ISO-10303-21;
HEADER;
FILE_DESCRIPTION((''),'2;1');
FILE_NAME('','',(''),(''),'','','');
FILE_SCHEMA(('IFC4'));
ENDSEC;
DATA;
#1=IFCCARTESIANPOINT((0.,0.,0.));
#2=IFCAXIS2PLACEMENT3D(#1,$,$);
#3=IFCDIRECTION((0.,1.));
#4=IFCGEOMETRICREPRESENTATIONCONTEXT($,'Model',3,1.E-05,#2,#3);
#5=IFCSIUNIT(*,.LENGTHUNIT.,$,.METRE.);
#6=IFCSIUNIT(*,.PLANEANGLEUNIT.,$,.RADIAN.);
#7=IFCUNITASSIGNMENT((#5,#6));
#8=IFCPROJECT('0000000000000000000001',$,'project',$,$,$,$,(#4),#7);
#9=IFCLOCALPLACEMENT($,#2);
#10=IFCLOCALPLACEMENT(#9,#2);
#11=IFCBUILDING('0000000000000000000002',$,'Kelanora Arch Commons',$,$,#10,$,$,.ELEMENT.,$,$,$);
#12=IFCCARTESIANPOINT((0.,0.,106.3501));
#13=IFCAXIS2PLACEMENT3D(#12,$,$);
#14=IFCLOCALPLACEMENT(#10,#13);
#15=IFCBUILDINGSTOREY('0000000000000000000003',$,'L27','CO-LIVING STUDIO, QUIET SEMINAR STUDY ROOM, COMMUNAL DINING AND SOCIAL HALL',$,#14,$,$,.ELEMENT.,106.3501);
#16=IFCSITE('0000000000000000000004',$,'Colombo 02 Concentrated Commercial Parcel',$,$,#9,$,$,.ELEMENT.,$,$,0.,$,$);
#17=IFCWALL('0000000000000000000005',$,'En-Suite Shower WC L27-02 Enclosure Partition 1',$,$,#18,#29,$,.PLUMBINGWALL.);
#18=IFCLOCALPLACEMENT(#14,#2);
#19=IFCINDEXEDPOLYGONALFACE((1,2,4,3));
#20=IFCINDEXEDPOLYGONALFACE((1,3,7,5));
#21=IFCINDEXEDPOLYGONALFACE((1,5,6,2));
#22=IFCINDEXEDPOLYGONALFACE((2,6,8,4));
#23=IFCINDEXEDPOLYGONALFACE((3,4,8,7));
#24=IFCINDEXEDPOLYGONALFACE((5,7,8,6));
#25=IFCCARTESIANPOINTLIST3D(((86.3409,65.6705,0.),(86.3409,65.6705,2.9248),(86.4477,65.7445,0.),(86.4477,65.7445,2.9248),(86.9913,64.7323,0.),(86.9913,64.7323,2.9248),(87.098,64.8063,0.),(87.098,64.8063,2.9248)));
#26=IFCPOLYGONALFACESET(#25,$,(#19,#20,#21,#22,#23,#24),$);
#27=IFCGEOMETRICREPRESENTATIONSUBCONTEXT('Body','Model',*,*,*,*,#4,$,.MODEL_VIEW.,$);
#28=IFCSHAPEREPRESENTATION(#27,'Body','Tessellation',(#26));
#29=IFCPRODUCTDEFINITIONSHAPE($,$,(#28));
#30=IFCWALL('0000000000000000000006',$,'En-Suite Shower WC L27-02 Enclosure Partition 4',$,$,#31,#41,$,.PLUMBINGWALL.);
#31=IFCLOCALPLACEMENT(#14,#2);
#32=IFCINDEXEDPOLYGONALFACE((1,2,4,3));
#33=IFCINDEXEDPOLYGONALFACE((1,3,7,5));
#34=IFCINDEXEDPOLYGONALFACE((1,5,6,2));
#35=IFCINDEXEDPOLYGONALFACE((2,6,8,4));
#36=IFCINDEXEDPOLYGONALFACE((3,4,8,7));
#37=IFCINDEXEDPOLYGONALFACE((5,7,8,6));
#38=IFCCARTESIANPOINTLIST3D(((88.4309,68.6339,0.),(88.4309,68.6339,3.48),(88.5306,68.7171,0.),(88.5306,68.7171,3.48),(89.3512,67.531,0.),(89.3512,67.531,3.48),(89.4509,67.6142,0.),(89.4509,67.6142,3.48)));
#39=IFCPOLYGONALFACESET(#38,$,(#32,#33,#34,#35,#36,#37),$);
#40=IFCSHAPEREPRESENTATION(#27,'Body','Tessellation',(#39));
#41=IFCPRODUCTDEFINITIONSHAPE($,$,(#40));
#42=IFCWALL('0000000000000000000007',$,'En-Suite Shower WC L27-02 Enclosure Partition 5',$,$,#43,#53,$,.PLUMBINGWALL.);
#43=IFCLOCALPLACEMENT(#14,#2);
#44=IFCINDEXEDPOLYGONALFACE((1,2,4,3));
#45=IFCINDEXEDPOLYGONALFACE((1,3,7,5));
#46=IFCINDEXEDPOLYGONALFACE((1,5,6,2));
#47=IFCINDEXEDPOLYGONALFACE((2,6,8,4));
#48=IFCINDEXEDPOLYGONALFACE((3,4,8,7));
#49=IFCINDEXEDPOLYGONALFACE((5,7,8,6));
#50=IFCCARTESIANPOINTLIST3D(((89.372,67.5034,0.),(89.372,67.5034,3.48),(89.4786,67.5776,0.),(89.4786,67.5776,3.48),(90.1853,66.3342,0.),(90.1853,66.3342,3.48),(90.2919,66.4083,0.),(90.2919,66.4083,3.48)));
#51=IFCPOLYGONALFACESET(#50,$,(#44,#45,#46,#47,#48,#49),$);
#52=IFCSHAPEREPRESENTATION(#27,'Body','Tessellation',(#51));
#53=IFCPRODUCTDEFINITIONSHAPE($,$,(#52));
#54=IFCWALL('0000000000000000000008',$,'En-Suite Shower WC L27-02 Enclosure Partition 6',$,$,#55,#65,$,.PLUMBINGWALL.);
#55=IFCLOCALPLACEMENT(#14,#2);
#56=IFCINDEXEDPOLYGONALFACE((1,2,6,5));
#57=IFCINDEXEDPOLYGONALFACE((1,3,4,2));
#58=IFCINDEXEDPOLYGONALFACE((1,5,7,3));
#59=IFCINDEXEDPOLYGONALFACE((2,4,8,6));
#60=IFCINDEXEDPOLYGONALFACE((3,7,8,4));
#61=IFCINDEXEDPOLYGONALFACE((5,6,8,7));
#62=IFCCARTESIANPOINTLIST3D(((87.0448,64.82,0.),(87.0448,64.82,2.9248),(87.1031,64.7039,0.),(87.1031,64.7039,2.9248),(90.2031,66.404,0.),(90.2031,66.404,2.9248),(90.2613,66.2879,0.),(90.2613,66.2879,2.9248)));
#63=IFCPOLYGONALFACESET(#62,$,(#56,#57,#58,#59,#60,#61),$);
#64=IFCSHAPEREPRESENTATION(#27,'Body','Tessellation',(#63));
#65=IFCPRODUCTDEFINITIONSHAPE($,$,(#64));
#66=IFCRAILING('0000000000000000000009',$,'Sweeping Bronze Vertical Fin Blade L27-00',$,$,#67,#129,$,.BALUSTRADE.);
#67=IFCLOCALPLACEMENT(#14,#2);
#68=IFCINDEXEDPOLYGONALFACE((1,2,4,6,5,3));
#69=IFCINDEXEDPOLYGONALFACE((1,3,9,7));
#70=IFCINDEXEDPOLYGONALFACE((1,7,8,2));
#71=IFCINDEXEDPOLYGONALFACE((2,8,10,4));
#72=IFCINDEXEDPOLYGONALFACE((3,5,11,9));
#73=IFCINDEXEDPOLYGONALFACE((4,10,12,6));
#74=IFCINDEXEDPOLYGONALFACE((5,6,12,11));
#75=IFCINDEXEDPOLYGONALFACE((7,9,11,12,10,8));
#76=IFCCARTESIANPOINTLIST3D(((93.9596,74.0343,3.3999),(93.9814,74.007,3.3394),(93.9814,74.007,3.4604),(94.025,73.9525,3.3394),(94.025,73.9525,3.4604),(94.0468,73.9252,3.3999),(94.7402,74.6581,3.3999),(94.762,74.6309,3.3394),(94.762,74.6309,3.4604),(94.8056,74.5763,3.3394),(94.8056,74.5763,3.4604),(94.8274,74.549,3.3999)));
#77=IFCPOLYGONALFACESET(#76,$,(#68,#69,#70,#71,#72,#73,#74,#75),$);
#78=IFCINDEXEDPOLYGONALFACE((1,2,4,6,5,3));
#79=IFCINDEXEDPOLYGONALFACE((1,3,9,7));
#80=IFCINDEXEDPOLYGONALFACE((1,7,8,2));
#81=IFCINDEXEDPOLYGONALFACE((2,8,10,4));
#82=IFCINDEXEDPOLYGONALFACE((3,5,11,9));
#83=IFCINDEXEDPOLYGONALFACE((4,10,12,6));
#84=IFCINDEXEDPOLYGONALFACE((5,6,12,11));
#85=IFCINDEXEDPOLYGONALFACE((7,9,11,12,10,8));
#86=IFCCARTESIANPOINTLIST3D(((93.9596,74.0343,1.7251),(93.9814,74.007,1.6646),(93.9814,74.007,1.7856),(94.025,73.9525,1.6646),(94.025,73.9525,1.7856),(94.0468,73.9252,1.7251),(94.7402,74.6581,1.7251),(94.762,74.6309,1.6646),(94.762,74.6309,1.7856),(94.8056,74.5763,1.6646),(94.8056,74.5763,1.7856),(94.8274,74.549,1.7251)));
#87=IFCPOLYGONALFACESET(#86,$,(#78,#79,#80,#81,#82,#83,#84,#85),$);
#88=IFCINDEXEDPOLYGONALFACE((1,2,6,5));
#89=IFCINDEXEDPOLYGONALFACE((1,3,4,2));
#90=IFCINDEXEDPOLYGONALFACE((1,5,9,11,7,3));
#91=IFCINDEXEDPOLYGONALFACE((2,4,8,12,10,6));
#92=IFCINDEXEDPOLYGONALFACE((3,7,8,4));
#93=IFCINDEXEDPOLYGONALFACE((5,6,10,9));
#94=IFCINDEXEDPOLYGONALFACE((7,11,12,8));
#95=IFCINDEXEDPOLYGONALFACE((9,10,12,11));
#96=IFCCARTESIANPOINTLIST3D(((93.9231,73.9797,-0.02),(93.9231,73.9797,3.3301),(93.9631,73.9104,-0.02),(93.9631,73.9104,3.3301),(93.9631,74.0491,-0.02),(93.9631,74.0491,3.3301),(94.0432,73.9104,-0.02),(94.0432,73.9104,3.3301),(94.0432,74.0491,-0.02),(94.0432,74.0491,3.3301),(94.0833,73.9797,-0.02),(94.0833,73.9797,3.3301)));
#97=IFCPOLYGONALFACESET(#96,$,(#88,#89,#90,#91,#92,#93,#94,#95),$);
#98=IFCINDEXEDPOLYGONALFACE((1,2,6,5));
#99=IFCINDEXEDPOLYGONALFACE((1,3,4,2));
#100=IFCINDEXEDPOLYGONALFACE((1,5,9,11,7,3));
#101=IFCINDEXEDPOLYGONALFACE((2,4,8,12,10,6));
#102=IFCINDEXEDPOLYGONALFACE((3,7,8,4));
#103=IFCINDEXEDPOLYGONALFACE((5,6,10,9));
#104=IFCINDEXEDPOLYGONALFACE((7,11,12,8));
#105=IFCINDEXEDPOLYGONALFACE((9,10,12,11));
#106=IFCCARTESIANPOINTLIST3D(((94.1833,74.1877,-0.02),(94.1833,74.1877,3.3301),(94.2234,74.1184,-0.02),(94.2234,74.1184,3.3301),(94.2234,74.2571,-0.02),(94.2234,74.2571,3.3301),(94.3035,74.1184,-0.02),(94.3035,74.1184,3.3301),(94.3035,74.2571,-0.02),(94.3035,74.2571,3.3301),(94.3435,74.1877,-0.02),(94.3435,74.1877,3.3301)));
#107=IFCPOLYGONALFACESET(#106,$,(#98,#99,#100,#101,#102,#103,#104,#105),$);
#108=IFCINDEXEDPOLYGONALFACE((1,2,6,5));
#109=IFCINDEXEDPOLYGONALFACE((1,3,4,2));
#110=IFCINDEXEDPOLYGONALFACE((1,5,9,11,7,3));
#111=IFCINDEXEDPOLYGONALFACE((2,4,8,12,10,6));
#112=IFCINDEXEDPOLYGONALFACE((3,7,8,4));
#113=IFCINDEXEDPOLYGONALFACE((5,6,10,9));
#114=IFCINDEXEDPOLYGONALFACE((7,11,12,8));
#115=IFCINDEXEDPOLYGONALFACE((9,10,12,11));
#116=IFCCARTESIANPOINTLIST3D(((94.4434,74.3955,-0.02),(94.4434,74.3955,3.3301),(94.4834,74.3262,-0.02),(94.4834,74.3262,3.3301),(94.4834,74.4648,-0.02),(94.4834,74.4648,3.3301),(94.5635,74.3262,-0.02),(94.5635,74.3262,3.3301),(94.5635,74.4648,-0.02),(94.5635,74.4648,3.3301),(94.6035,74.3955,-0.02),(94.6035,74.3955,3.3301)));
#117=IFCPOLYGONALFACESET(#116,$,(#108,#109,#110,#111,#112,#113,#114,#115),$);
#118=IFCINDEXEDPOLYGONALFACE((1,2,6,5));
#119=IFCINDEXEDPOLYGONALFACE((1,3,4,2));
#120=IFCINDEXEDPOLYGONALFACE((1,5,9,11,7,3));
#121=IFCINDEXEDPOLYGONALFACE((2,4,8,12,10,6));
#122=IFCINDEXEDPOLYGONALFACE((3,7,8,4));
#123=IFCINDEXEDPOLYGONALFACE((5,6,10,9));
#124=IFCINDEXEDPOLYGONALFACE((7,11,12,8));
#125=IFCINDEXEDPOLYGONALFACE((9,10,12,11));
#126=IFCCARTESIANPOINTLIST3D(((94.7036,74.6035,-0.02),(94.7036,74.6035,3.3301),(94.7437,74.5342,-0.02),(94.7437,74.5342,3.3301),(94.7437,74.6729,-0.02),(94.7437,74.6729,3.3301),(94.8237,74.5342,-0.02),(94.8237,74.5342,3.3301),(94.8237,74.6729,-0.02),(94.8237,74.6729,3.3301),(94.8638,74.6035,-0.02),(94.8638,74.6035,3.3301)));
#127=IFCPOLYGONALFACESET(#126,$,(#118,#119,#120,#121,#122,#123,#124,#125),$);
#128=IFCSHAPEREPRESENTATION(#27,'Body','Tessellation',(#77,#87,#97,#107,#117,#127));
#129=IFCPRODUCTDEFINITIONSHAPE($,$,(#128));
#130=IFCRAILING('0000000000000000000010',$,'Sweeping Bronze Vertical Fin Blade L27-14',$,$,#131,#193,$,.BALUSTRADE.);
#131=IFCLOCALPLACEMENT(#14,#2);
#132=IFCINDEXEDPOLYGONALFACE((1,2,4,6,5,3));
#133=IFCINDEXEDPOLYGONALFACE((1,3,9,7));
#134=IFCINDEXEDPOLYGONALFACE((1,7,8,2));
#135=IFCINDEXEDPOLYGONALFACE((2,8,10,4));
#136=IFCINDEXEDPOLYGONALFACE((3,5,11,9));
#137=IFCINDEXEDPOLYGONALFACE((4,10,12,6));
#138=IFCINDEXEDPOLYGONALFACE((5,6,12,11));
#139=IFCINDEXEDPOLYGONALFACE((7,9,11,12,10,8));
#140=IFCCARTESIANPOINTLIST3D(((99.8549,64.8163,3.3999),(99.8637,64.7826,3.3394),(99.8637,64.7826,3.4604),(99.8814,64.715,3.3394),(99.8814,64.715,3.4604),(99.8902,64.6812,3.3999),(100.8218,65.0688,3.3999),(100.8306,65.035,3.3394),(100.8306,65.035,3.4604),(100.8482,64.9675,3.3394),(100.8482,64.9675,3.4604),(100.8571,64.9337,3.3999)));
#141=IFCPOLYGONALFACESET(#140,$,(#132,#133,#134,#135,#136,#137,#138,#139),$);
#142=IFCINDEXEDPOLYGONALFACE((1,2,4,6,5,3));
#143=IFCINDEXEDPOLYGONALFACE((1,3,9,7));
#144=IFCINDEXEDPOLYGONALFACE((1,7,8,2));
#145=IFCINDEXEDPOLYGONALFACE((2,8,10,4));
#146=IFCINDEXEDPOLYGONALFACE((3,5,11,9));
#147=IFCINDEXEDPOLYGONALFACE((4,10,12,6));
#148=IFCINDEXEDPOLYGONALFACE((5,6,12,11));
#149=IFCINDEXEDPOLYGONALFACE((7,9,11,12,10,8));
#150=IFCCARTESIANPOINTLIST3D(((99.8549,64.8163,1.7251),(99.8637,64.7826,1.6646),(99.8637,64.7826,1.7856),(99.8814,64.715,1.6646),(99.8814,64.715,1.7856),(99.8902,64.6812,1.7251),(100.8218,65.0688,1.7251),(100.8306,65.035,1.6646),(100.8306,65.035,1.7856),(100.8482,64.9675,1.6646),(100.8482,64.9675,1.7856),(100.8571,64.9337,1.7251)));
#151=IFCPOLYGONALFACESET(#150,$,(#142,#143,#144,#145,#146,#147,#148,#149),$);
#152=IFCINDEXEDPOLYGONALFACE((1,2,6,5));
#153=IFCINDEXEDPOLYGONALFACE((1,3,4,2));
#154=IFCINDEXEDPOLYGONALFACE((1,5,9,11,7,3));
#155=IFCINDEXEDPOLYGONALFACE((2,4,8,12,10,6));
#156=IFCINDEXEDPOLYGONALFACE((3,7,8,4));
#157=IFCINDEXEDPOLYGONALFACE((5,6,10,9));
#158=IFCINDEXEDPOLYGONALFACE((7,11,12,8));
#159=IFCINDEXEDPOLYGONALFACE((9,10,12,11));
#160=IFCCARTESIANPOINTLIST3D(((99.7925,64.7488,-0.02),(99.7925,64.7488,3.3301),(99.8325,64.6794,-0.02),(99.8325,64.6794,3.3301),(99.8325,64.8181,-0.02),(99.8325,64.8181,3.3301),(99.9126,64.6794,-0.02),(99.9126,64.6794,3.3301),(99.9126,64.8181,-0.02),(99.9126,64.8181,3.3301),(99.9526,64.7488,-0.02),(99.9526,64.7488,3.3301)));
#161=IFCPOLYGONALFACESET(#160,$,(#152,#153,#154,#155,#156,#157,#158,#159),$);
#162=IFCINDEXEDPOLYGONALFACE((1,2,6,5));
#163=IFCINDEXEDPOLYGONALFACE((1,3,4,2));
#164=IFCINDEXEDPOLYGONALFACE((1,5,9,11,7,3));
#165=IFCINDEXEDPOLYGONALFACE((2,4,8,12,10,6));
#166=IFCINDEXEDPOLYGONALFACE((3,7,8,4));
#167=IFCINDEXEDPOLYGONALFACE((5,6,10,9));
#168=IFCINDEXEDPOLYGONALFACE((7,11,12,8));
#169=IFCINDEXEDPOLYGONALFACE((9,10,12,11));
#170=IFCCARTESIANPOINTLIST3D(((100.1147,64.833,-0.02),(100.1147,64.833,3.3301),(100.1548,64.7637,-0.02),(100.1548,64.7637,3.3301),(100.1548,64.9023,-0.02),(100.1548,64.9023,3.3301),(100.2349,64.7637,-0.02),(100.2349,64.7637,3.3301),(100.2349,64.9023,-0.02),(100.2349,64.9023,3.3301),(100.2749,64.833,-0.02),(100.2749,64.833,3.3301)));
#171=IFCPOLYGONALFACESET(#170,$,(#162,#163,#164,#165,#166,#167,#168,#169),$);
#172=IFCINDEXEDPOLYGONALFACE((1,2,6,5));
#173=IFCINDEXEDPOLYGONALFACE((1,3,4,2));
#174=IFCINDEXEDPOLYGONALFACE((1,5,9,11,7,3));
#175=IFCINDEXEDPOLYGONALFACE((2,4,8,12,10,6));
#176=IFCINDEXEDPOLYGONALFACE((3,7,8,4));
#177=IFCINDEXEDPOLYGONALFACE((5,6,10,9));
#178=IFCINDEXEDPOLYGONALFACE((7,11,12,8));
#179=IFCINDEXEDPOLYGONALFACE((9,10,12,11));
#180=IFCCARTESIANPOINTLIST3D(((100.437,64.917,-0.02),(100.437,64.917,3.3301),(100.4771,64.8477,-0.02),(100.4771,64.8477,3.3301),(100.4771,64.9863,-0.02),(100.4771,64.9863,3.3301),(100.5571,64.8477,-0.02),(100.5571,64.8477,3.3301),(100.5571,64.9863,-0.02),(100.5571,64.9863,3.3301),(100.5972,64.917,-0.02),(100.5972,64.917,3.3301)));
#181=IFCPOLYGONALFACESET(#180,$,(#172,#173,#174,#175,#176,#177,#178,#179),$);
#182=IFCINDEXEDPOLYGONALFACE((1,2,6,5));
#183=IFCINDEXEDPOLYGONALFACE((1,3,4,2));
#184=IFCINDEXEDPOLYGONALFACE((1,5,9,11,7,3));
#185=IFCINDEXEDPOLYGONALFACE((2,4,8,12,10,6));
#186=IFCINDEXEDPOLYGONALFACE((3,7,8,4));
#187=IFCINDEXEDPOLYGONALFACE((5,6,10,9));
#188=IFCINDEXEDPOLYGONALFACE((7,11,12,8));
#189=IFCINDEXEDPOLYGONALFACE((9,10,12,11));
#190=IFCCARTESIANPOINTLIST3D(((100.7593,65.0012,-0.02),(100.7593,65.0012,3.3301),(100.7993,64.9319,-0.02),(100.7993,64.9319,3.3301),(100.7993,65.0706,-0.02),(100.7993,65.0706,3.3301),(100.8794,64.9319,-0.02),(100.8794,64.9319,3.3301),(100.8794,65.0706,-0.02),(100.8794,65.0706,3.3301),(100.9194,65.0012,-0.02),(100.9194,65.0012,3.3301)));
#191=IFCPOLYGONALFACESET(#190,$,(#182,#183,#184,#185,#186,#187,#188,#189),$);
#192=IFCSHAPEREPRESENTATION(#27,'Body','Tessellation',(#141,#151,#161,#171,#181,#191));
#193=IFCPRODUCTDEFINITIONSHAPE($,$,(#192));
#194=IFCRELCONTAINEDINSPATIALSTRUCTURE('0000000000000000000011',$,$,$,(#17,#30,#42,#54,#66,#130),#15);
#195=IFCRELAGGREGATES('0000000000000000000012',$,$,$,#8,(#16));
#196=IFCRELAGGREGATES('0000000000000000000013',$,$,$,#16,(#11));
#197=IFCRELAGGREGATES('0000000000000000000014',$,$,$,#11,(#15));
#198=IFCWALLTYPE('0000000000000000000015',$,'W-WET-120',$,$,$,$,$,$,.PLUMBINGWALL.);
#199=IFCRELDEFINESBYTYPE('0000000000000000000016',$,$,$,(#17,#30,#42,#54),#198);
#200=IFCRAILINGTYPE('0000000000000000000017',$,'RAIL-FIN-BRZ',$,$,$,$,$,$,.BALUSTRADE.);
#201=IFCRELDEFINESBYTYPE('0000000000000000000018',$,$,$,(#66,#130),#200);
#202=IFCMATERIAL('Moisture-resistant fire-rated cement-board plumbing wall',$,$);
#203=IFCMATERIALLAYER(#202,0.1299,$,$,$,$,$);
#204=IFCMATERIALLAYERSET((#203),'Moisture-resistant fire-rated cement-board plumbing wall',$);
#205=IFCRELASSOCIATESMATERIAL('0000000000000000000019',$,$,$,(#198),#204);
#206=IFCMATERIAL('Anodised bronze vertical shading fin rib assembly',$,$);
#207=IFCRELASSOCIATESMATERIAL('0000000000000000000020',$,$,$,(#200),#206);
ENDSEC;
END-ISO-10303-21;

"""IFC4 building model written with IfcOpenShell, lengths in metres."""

from ifc_helpers import new_model, si_unit, direction, frame, frame_2d, origin, place, context, subcontext, project, spatial, polyline, rectangle, outline, extrude, material, layer, layer_set, type_object, element, save


model = new_model("IFC4")

# Units and contexts
model_context = context("Model", 3, precision=1e-05, world=origin(), true_north=direction((0.0, 1.0)))
body_context = subcontext(model_context, "Body", "Model", "MODEL_VIEW")
ifc_project = project(units=[si_unit("LENGTHUNIT", "METRE"), si_unit("PLANEANGLEUNIT", "RADIAN")], contexts=[model_context])

# Site, building, storey
site_placement = place(None, origin())
site = spatial("IfcSite", under=ifc_project, at=site_placement, Name="Colombo 02 Concentrated Commercial Parcel", CompositionType="ELEMENT", RefElevation=0.0)
building_placement = place(site_placement, origin())
building = spatial("IfcBuilding", under=site, at=building_placement, Name="Kelanora Arch Commons", CompositionType="ELEMENT")
storey_placement = place(building_placement, frame((0.0, 0.0, 106.3501)))
storey = spatial("IfcBuildingStorey", under=building, at=storey_placement, Name="L27", Description="CO-LIVING STUDIO, QUIET SEMINAR STUDY ROOM, COMMUNAL DINING AND SOCIAL HALL", CompositionType="ELEMENT", Elevation=106.3501)

# Walls
ifc_material_1 = material(Name="Moisture-resistant fire-rated cement-board plumbing wall")
ifc_layer_1 = layer(ifc_material_1, 0.1299)
ifc_layer_set_1 = layer_set([ifc_layer_1], Name="Moisture-resistant fire-rated cement-board plumbing wall")
wall_type_1 = type_object("IfcWallType", Name="W-WET-120", PredefinedType="PLUMBINGWALL", material=ifc_layer_set_1)
wall_1_placement = place(storey_placement, frame((87.0447, 64.7693, 0.0), z_axis=(0.0, 0.0, 1.0), x_axis=(-0.56971, 0.821846, 0.0)))
element("IfcWall", 1, at=wall_1_placement, inside=storey, type_object=wall_type_1, Name="En-Suite Shower WC L27-02 Enclosure Partition 1", PredefinedType="PLUMBINGWALL", context=body_context, shape_type="SweptSolid", body=[
    extrude(rectangle(XDim=1.1416, YDim=0.1299, at=frame_2d((0.5708, 0.0))), origin(), (0.0, 0.0, 1.0), 2.9248),
])
wall_2_placement = place(storey_placement, frame((88.4807, 68.6755, 0.0), z_axis=(0.0, 0.0, 1.0), x_axis=(0.640686, -0.767803, 0.0)))
element("IfcWall", 2, at=wall_2_placement, inside=storey, type_object=wall_type_1, Name="En-Suite Shower WC L27-02 Enclosure Partition 4", PredefinedType="PLUMBINGWALL", context=body_context, shape_type="SweptSolid", body=[
    extrude(rectangle(XDim=1.4365, YDim=0.1299, at=frame_2d((0.7183, 0.0))), origin(), (0.0, 0.0, 1.0), 3.48),
])
wall_3_placement = place(storey_placement, frame((89.4253, 67.5405, 0.0), z_axis=(0.0, 0.0, 1.0), x_axis=(0.571009, -0.820944, 0.0)))
element("IfcWall", 3, at=wall_3_placement, inside=storey, type_object=wall_type_1, Name="En-Suite Shower WC L27-02 Enclosure Partition 5", PredefinedType="PLUMBINGWALL", context=body_context, shape_type="SweptSolid", body=[
    extrude(rectangle(XDim=1.4243, YDim=0.1299, at=frame_2d((0.7122, 0.0))), origin(), (0.0, 0.0, 1.0), 3.48),
])
wall_4_placement = place(storey_placement, frame((90.2322, 66.3459, 0.0), z_axis=(0.0, 0.0, 1.0), x_axis=(-0.893874, -0.448319, 0.0)))
element("IfcWall", 4, at=wall_4_placement, inside=storey, type_object=wall_type_1, Name="En-Suite Shower WC L27-02 Enclosure Partition 6", PredefinedType="PLUMBINGWALL", context=body_context, shape_type="SweptSolid", body=[
    extrude(rectangle(XDim=3.5332, YDim=0.1299, at=frame_2d((1.7666, 0.0))), origin(), (0.0, 0.0, 1.0), 2.9248),
])

# Railings
ifc_material_2 = material(Name="Anodised bronze vertical shading fin rib assembly")
railing_type = type_object("IfcRailingType", Name="RAIL-FIN-BRZ", PredefinedType="BALUSTRADE", material=ifc_material_2)
railing_1_placement = place(storey_placement, frame((94.0032, 73.9797, -0.02)))
element("IfcRailing", 5, at=railing_1_placement, inside=storey, type_object=railing_type, Name="Sweeping Bronze Vertical Fin Blade L27-00", PredefinedType="BALUSTRADE", context=body_context, shape_type="SweptSolid", body=[
    extrude(outline(polyline([(0.0698, 0.0), (0.0349, 0.0605), (-0.0349, 0.0605), (-0.0698, 0.0), (-0.0349, -0.0605), (0.0349, -0.0605), (0.0698, 0.0)])), frame((0.0, 0.0, 3.4199), z_axis=(0.781179, 0.624308, 0.0), x_axis=(-0.624308, 0.781179, 0.0)), (0.0, 0.0, 1.0), 0.9993),
    extrude(outline(polyline([(0.0698, 0.0), (0.0349, 0.0605), (-0.0349, 0.0605), (-0.0698, 0.0), (-0.0349, -0.0605), (0.0349, -0.0605), (0.0698, 0.0)])), frame((0.0, 0.0, 1.7451), z_axis=(0.781179, 0.624308, 0.0), x_axis=(-0.624308, 0.781179, 0.0)), (0.0, 0.0, 1.0), 0.9993),
    extrude(outline(polyline([(0.0801, 0.0), (0.04, 0.0693), (-0.04, 0.0693), (-0.0801, 0.0), (-0.04, -0.0693), (0.04, -0.0693), (0.0801, 0.0)])), origin(), (0.0, 0.0, 1.0), 3.3501),
    extrude(outline(polyline([(0.0801, 0.0), (0.04, 0.0693), (-0.04, 0.0693), (-0.0801, 0.0), (-0.04, -0.0693), (0.04, -0.0693), (0.0801, 0.0)])), frame((0.2603, 0.208, 0.0)), (0.0, 0.0, 1.0), 3.3501),
    extrude(outline(polyline([(0.0801, 0.0), (0.04, 0.0693), (-0.04, 0.0693), (-0.0801, 0.0), (-0.04, -0.0693), (0.04, -0.0693), (0.0801, 0.0)])), frame((0.5203, 0.4158, 0.0)), (0.0, 0.0, 1.0), 3.3501),
    extrude(outline(polyline([(0.0801, 0.0), (0.04, 0.0693), (-0.04, 0.0693), (-0.0801, 0.0), (-0.04, -0.0693), (0.04, -0.0693), (0.0801, 0.0)])), frame((0.7805, 0.6238, 0.0)), (0.0, 0.0, 1.0), 3.3501),
])
railing_2_placement = place(storey_placement, frame((99.8726, 64.7488, -0.02)))
element("IfcRailing", 6, at=railing_2_placement, inside=storey, type_object=railing_type, Name="Sweeping Bronze Vertical Fin Blade L27-14", PredefinedType="BALUSTRADE", context=body_context, shape_type="SweptSolid", body=[
    extrude(outline(polyline([(0.0698, 0.0), (0.0349, 0.0605), (-0.0349, 0.0605), (-0.0698, 0.0), (-0.0349, -0.0605), (0.0349, -0.0605), (0.0698, 0.0)])), frame((0.0, 0.0, 3.4199), z_axis=(0.96756, 0.252641, 0.0), x_axis=(-0.252641, 0.96756, 0.0)), (0.0, 0.0, 1.0), 0.9993),
    extrude(outline(polyline([(0.0698, 0.0), (0.0349, 0.0605), (-0.0349, 0.0605), (-0.0698, 0.0), (-0.0349, -0.0605), (0.0349, -0.0605), (0.0698, 0.0)])), frame((0.0, 0.0, 1.7451), z_axis=(0.96756, 0.252641, 0.0), x_axis=(-0.252641, 0.96756, 0.0)), (0.0, 0.0, 1.0), 0.9993),
    extrude(outline(polyline([(0.0801, 0.0), (0.04, 0.0693), (-0.04, 0.0693), (-0.0801, 0.0), (-0.04, -0.0693), (0.04, -0.0693), (0.0801, 0.0)])), origin(), (0.0, 0.0, 1.0), 3.3501),
    extrude(outline(polyline([(0.0801, 0.0), (0.04, 0.0693), (-0.04, 0.0693), (-0.0801, 0.0), (-0.04, -0.0693), (0.04, -0.0693), (0.0801, 0.0)])), frame((0.3223, 0.0842, 0.0)), (0.0, 0.0, 1.0), 3.3501),
    extrude(outline(polyline([(0.0801, 0.0), (0.04, 0.0693), (-0.04, 0.0693), (-0.0801, 0.0), (-0.04, -0.0693), (0.04, -0.0693), (0.0801, 0.0)])), frame((0.6445, 0.1682, 0.0)), (0.0, 0.0, 1.0), 3.3501),
    extrude(outline(polyline([(0.0801, 0.0), (0.04, 0.0693), (-0.04, 0.0693), (-0.0801, 0.0), (-0.04, -0.0693), (0.04, -0.0693), (0.0801, 0.0)])), frame((0.9668, 0.2524, 0.0)), (0.0, 0.0, 1.0), 3.3501),
])

save(model, "model.ifc")
